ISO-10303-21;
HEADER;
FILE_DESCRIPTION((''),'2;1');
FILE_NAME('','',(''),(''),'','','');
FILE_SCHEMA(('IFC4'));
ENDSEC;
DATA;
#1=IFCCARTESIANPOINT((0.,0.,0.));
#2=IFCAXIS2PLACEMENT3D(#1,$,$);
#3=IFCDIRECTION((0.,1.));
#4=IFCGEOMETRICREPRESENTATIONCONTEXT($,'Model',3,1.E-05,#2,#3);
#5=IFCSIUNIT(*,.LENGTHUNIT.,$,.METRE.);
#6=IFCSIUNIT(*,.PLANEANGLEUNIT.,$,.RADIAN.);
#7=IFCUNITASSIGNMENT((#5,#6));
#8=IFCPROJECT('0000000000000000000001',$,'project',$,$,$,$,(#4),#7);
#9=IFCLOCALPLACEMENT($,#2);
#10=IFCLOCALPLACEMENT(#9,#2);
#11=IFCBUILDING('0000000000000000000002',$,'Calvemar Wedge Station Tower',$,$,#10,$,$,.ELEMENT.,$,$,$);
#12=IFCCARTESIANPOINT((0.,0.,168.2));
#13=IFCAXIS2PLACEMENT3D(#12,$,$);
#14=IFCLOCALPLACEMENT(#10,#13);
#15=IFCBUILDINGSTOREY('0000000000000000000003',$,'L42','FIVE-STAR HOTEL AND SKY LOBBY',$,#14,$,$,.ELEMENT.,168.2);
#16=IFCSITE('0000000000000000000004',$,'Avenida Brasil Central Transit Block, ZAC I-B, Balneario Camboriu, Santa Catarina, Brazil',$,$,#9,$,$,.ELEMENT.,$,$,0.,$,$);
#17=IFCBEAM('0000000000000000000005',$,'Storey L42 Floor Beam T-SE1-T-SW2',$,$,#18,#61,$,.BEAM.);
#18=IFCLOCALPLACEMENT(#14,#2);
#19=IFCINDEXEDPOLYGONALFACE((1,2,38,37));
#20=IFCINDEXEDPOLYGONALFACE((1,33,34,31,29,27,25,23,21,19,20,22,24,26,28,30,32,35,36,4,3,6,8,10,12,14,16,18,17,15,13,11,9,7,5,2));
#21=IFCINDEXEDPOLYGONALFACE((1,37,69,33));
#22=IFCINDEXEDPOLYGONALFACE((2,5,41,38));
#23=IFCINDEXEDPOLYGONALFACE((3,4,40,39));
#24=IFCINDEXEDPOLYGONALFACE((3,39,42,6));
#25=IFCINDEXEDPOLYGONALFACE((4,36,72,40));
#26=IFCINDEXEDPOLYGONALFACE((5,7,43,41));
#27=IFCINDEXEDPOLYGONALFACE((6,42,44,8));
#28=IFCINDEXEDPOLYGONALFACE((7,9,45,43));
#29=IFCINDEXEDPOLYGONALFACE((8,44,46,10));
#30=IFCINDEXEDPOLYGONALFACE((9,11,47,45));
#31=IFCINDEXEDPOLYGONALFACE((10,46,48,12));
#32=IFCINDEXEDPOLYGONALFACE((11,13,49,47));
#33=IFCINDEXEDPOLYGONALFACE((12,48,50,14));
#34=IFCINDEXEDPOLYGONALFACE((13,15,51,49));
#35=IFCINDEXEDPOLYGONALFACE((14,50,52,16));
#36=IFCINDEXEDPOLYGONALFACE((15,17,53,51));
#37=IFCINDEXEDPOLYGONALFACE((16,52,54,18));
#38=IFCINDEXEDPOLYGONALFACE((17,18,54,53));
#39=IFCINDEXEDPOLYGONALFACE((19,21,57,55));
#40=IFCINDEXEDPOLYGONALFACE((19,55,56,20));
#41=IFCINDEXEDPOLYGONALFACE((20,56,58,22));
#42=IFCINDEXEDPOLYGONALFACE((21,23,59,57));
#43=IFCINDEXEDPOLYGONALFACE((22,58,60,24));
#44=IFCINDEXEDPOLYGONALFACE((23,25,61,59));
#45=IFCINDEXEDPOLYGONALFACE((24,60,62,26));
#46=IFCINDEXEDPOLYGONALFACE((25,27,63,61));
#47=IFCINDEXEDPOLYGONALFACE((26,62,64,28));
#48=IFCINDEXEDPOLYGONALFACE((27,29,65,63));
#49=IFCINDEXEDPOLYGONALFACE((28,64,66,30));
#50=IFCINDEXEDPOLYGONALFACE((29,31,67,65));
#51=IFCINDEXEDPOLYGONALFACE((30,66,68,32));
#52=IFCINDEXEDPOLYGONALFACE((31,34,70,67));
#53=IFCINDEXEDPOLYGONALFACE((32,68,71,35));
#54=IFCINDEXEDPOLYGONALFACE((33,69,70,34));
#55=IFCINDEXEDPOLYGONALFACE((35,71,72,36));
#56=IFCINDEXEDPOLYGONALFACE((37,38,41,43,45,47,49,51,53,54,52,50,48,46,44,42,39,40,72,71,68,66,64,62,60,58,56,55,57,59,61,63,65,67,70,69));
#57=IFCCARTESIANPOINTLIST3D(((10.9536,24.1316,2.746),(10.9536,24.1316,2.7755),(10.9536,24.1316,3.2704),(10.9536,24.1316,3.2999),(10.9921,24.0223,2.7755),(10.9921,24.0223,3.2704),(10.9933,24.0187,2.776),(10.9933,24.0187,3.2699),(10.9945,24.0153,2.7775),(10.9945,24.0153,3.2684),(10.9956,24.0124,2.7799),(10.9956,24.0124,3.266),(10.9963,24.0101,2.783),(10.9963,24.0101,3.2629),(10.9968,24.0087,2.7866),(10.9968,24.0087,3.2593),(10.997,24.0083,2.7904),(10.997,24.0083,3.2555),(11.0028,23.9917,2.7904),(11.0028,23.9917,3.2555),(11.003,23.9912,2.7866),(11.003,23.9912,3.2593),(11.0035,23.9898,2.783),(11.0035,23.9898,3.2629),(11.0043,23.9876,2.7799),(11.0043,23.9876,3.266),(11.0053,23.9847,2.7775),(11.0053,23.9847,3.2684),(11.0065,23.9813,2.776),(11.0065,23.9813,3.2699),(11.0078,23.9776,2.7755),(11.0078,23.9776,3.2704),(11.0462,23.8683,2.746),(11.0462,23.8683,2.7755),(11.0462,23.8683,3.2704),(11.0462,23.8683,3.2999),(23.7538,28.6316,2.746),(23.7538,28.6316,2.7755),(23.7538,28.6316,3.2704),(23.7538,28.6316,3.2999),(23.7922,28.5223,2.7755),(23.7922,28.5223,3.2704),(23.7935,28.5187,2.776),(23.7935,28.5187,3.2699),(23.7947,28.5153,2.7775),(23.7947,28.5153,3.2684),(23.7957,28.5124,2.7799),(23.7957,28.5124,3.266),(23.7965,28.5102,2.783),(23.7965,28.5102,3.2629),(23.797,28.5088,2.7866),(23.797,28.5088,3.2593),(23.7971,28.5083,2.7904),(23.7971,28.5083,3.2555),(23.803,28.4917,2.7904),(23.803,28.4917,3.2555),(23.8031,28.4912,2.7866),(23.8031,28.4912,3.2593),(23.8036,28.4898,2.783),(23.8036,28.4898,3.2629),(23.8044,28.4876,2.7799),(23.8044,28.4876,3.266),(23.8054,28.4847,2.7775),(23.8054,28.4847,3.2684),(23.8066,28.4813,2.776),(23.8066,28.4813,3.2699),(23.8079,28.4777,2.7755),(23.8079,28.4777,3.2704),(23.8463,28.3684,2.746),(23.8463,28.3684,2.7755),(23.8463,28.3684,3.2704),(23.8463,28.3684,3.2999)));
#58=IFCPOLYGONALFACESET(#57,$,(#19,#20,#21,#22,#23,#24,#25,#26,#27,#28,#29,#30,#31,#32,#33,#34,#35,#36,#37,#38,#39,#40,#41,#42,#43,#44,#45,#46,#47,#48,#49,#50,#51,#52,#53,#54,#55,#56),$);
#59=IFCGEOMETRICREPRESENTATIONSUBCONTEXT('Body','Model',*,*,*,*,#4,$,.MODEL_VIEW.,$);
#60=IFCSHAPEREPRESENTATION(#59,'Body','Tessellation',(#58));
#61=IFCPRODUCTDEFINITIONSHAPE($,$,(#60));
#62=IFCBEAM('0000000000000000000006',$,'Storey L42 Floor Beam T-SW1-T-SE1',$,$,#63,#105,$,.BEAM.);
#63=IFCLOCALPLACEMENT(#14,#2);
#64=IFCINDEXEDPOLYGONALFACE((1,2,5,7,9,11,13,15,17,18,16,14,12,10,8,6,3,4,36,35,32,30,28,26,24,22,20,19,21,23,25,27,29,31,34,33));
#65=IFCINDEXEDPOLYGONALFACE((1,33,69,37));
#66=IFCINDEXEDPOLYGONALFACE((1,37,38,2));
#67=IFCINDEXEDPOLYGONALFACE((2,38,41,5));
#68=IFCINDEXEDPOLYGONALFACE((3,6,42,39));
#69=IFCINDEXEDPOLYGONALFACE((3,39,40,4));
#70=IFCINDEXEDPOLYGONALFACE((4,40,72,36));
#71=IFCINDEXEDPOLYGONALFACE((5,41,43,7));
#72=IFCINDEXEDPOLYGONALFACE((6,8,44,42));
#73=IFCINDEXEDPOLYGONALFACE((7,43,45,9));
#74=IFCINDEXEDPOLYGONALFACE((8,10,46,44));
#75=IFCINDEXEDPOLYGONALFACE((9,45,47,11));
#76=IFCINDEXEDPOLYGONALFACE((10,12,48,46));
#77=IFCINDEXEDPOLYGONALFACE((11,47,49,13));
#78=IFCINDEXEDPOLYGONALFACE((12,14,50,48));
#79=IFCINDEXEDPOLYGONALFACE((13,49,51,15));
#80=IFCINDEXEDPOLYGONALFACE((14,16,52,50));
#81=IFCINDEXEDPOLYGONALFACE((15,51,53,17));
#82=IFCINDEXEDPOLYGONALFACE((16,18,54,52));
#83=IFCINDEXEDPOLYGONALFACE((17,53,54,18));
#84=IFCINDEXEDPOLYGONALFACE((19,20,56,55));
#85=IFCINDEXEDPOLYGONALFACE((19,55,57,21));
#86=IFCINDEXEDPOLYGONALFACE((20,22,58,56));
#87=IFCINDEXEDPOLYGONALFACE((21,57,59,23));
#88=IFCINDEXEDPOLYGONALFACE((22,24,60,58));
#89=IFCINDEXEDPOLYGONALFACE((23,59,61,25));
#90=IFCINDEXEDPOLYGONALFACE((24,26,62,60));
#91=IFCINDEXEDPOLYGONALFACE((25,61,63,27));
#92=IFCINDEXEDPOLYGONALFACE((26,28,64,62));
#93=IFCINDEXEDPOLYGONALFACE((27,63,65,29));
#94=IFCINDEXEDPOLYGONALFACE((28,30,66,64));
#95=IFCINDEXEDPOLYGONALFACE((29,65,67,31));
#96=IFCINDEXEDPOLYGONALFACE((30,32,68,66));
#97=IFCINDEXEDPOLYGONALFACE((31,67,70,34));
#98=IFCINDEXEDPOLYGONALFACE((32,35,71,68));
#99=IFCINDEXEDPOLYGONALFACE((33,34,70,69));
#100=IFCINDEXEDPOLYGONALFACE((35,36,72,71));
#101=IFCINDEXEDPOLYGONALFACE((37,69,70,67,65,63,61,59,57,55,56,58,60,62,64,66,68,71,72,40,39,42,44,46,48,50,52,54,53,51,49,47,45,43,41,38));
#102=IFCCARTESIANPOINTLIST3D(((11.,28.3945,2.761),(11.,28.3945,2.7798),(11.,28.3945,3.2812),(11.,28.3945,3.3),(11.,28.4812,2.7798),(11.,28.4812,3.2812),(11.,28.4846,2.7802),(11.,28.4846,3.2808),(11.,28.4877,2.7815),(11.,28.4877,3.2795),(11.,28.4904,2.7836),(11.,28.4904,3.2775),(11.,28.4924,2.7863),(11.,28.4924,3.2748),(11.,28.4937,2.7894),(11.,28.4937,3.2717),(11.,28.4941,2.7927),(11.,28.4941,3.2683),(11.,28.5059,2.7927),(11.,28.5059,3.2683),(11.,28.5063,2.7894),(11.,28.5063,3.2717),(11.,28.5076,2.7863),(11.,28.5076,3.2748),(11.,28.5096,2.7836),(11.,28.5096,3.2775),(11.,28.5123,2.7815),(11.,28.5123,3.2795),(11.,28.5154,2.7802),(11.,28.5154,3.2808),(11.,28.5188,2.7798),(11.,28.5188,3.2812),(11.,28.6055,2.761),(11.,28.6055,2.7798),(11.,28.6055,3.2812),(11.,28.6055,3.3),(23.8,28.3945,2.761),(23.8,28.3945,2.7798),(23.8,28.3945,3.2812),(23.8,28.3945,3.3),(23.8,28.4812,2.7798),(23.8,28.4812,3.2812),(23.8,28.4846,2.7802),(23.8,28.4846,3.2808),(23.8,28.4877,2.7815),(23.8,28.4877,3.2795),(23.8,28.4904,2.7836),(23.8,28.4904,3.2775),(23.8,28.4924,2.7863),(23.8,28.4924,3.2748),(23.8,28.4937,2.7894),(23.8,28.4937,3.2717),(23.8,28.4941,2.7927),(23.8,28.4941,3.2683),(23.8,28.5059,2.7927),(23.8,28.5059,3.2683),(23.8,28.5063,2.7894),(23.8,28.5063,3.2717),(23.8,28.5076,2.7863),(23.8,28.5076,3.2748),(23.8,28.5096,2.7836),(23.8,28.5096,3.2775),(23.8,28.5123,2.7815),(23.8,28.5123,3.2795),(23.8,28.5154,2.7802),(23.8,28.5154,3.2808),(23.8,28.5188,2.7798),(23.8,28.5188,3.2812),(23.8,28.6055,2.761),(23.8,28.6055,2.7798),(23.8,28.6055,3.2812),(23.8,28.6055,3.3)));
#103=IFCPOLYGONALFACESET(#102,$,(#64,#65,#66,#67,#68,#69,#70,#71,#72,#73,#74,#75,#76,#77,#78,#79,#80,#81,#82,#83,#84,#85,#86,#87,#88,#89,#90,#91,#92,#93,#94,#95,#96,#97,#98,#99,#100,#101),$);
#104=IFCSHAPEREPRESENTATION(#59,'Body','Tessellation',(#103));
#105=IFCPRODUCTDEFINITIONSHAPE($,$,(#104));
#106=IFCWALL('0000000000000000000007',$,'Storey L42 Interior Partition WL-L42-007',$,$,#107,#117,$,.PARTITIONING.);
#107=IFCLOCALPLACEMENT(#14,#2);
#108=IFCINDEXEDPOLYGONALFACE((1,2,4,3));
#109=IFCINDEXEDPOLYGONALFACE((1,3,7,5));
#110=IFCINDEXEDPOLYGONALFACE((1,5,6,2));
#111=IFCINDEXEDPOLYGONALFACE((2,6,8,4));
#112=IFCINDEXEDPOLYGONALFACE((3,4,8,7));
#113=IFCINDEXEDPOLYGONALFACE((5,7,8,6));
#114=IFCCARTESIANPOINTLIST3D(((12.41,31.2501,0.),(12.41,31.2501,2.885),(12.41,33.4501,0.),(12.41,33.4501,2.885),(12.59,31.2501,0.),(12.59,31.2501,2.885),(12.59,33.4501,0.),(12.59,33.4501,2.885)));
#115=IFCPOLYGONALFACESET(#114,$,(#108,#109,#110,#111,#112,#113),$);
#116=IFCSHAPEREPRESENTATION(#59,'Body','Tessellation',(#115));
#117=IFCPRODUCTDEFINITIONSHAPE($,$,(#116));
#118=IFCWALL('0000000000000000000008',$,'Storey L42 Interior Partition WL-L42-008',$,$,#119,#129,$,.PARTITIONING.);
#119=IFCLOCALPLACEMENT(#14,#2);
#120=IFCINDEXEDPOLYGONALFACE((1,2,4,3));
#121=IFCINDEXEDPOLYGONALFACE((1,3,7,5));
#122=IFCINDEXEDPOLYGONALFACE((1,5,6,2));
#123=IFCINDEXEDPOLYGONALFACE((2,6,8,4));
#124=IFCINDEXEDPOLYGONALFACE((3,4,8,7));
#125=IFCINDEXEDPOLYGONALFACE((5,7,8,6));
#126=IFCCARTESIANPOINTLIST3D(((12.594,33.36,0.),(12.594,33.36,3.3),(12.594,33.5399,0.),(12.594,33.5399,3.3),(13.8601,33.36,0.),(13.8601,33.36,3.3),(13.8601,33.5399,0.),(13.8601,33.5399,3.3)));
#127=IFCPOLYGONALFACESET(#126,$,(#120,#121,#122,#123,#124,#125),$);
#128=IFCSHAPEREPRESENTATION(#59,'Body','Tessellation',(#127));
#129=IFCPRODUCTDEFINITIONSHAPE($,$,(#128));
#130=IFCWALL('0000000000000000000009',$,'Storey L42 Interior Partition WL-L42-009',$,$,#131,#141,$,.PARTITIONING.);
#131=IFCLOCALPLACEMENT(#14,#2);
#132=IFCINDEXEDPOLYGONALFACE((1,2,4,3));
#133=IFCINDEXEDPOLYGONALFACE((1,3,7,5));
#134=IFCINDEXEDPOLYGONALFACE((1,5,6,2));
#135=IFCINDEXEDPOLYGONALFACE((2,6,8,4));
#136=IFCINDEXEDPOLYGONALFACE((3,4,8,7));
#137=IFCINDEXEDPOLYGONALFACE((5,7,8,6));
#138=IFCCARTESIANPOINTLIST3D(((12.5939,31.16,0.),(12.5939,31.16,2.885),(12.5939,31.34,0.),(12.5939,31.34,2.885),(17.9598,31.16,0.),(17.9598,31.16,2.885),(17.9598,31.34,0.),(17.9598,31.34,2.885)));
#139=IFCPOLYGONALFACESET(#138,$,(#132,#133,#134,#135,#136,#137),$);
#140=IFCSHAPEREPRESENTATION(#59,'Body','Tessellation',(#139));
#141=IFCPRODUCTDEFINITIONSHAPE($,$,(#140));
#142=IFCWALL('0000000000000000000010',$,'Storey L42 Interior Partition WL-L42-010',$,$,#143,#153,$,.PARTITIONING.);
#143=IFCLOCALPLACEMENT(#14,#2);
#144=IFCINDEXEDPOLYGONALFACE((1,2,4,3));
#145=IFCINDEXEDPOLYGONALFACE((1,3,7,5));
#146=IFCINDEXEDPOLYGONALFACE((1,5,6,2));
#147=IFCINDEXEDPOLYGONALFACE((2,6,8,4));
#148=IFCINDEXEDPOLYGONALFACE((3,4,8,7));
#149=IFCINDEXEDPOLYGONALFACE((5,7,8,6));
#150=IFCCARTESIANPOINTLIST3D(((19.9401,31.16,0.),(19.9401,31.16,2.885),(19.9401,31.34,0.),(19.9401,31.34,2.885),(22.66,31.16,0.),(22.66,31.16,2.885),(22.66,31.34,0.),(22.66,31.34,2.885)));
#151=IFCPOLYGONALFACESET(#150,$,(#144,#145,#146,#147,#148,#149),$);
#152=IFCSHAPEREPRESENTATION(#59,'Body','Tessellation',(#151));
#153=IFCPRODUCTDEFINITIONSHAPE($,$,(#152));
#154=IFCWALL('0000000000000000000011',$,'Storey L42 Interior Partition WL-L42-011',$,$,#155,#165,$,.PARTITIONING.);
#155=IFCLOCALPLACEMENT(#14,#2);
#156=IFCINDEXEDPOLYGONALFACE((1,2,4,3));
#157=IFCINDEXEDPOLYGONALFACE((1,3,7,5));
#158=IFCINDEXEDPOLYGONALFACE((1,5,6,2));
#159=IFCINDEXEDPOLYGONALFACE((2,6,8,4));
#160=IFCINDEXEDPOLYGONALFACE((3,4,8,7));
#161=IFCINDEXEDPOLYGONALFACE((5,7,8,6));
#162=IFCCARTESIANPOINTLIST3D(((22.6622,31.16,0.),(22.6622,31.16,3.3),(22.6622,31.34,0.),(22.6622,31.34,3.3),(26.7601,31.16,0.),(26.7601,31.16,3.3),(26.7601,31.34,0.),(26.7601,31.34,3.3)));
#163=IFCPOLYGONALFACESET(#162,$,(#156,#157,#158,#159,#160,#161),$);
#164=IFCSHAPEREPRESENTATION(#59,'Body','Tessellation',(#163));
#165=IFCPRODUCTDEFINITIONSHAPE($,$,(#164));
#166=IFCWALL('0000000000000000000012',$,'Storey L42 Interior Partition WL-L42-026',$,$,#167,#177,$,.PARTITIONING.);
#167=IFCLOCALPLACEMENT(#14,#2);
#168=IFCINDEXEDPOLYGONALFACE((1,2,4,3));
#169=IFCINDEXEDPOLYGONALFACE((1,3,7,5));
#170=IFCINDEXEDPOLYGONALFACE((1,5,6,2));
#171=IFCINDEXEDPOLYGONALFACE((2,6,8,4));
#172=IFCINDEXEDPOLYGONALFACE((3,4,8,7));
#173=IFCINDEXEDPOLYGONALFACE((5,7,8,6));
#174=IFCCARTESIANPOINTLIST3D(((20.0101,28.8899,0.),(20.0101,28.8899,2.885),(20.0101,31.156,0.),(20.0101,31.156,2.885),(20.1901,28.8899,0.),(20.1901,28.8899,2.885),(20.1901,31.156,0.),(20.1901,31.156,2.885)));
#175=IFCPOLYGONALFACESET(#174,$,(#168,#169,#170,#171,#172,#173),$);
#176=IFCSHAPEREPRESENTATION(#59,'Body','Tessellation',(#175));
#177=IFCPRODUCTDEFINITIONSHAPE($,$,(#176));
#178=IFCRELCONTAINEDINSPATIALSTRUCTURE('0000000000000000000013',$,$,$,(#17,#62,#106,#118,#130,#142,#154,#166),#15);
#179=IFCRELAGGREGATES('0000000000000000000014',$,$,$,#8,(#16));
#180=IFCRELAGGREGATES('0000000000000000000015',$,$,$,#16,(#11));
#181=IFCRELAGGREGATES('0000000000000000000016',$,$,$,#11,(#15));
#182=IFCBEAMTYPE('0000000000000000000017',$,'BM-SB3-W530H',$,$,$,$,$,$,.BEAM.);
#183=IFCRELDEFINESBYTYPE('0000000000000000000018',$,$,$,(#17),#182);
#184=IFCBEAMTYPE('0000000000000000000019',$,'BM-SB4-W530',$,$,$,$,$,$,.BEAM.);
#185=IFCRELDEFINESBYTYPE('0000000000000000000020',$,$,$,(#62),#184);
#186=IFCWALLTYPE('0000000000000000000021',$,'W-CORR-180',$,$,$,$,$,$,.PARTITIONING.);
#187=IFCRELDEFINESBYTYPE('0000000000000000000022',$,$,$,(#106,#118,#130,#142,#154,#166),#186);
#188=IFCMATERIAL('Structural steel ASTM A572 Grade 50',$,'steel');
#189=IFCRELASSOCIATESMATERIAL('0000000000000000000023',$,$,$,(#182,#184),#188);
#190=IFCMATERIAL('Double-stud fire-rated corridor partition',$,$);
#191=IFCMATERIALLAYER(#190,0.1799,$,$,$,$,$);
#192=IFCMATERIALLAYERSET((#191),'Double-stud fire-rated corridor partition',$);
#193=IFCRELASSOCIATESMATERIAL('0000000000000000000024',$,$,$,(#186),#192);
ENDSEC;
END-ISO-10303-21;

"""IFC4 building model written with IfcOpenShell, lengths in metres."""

from ifc_helpers import new_model, si_unit, direction, frame, frame_2d, origin, origin_2d, place, context, subcontext, project, spatial, rectangle, i_section, extrude, source, transform, mapped, material, layer, layer_set, material_profile, profile_set, type_object, element, save


model = new_model("IFC4")

# Units and contexts
model_context = context("Model", 3, precision=1e-05, world=origin(), true_north=direction((0.0, 1.0)))
body_context = subcontext(model_context, "Body", "Model", "MODEL_VIEW")
ifc_project = project(units=[si_unit("LENGTHUNIT", "METRE"), si_unit("PLANEANGLEUNIT", "RADIAN")], contexts=[model_context])

# Site, building, storey
site_placement = place(None, origin())
site = spatial("IfcSite", under=ifc_project, at=site_placement, Name="Avenida Brasil Central Transit Block, ZAC I-B, Balneario Camboriu, Santa Catarina, Brazil", CompositionType="ELEMENT", RefElevation=0.0)
building_placement = place(site_placement, origin())
building = spatial("IfcBuilding", under=site, at=building_placement, Name="Calvemar Wedge Station Tower", CompositionType="ELEMENT")
storey_placement = place(building_placement, frame((0.0, 0.0, 168.2)))
storey = spatial("IfcBuildingStorey", under=building, at=storey_placement, Name="L42", Description="FIVE-STAR HOTEL AND SKY LOBBY", CompositionType="ELEMENT", Elevation=168.2)

# Beams
ifc_material_1 = material(Name="Structural steel ASTM A572 Grade 50", Category="steel")
ifc_material_profile_1 = material_profile(ifc_material_1, i_section(OverallWidth=0.2791, OverallDepth=0.554, WebThickness=0.0176, FlangeThickness=0.0295, FilletRadius=0.0149, at=origin_2d()), Name="W530x196")
ifc_profile_set_1 = profile_set([ifc_material_profile_1], Name="Structural steel ASTM A572 Grade 50")
beam_type_1 = type_object("IfcBeamType", Name="BM-SB3-W530H", PredefinedType="BEAM", material=ifc_profile_set_1)
shared_shape_1 = source(origin(), body_context, "Body", "SweptSolid", [
    extrude(i_section(OverallWidth=0.2791, OverallDepth=0.554, WebThickness=0.0176, FlangeThickness=0.0295, FilletRadius=0.0149, at=origin_2d()), origin(), (0.0, 0.0, 1.0), 13.5681),
])
beam_1_placement = place(storey_placement, frame((23.8, 28.5, 3.0229), z_axis=(-0.943398, -0.331662, 0.0), x_axis=(0.331662, -0.943398, 0.0)))
element("IfcBeam", 1, at=beam_1_placement, inside=storey, type_object=beam_type_1, Name="Storey L42 Floor Beam T-SE1-T-SW2", PredefinedType="BEAM", context=body_context, shape_type="MappedRepresentation", body=[
    mapped(shared_shape_1, transform((0.0, 0.0, 0.0), scale=1.0)),
])
ifc_material_profile_2 = material_profile(ifc_material_1, i_section(OverallWidth=0.2109, OverallDepth=0.5391, WebThickness=0.0117, FlangeThickness=0.0188, FilletRadius=0.0129, at=origin_2d()), Name="W530x109")
ifc_profile_set_2 = profile_set([ifc_material_profile_2], Name="Structural steel ASTM A572 Grade 50")
beam_type_2 = type_object("IfcBeamType", Name="BM-SB4-W530", PredefinedType="BEAM", material=ifc_profile_set_2)
shared_shape_2 = source(origin(), body_context, "Body", "SweptSolid", [
    extrude(i_section(OverallWidth=0.2109, OverallDepth=0.5391, WebThickness=0.0117, FlangeThickness=0.0188, FilletRadius=0.0129, at=origin_2d()), origin(), (0.0, 0.0, 1.0), 12.8),
])
beam_2_placement = place(storey_placement, frame((11.0, 28.5, 3.0305), z_axis=(1.0, 0.0, 0.0), x_axis=(0.0, 1.0, 0.0)))
element("IfcBeam", 2, at=beam_2_placement, inside=storey, type_object=beam_type_2, Name="Storey L42 Floor Beam T-SW1-T-SE1", PredefinedType="BEAM", context=body_context, shape_type="MappedRepresentation", body=[
    mapped(shared_shape_2, transform((0.0, 0.0, 0.0), scale=1.0)),
])

# Walls
ifc_material_2 = material(Name="Double-stud fire-rated corridor partition")
ifc_layer_1 = layer(ifc_material_2, 0.1799)
ifc_layer_set_1 = layer_set([ifc_layer_1], Name="Double-stud fire-rated corridor partition")
wall_type_1 = type_object("IfcWallType", Name="W-CORR-180", PredefinedType="PARTITIONING", material=ifc_layer_set_1)
wall_1_placement = place(storey_placement, frame((12.5, 31.25, 0.0), z_axis=(0.0, 0.0, 1.0), x_axis=(0.0, 1.0, 0.0)))
element("IfcWall", 3, at=wall_1_placement, inside=storey, type_object=wall_type_1, Name="Storey L42 Interior Partition WL-L42-007", PredefinedType="PARTITIONING", context=body_context, shape_type="SweptSolid", body=[
    extrude(rectangle(XDim=2.2, YDim=0.1799, at=frame_2d((1.1001, 0.0))), origin(), (0.0, 0.0, 1.0), 2.885),
])
wall_2_placement = place(storey_placement, frame((12.594, 33.45, 0.0), z_axis=(0.0, 0.0, 1.0), x_axis=(1.0, 0.0, 0.0)))
element("IfcWall", 4, at=wall_2_placement, inside=storey, type_object=wall_type_1, Name="Storey L42 Interior Partition WL-L42-008", PredefinedType="PARTITIONING", context=body_context, shape_type="SweptSolid", body=[
    extrude(rectangle(XDim=1.2661, YDim=0.1799, at=frame_2d((0.6331, 0.0))), origin(), (0.0, 0.0, 1.0), 3.3),
])
wall_3_placement = place(storey_placement, frame((17.96, 31.25, 0.0), z_axis=(0.0, 0.0, 1.0), x_axis=(-1.0, 0.0, 0.0)))
element("IfcWall", 5, at=wall_3_placement, inside=storey, type_object=wall_type_1, Name="Storey L42 Interior Partition WL-L42-009", PredefinedType="PARTITIONING", context=body_context, shape_type="SweptSolid", body=[
    extrude(rectangle(XDim=5.366, YDim=0.1799, at=frame_2d((2.6831, 0.0))), origin(), (0.0, 0.0, 1.0), 2.885),
])
wall_4_placement = place(storey_placement, frame((22.6599, 31.25, 0.0), z_axis=(0.0, 0.0, 1.0), x_axis=(-1.0, 0.0, 0.0)))
element("IfcWall", 6, at=wall_4_placement, inside=storey, type_object=wall_type_1, Name="Storey L42 Interior Partition WL-L42-010", PredefinedType="PARTITIONING", context=body_context, shape_type="SweptSolid", body=[
    extrude(rectangle(XDim=2.72, YDim=0.1799, at=frame_2d((1.3599, 0.0))), origin(), (0.0, 0.0, 1.0), 2.885),
])
wall_5_placement = place(storey_placement, frame((26.76, 31.25, 0.0), z_axis=(0.0, 0.0, 1.0), x_axis=(-1.0, 0.0, 0.0)))
element("IfcWall", 7, at=wall_5_placement, inside=storey, type_object=wall_type_1, Name="Storey L42 Interior Partition WL-L42-011", PredefinedType="PARTITIONING", context=body_context, shape_type="SweptSolid", body=[
    extrude(rectangle(XDim=4.0979, YDim=0.1799, at=frame_2d((2.0488, 0.0))), origin(), (0.0, 0.0, 1.0), 3.3),
])
wall_6_placement = place(storey_placement, frame((20.1001, 31.156, 0.0), z_axis=(0.0, 0.0, 1.0), x_axis=(0.0, -1.0, 0.0)))
element("IfcWall", 8, at=wall_6_placement, inside=storey, type_object=wall_type_1, Name="Storey L42 Interior Partition WL-L42-026", PredefinedType="PARTITIONING", context=body_context, shape_type="SweptSolid", body=[
    extrude(rectangle(XDim=2.2661, YDim=0.1799, at=frame_2d((1.1331, 0.0))), origin(), (0.0, 0.0, 1.0), 2.885),
])

save(model, "model.ifc")
